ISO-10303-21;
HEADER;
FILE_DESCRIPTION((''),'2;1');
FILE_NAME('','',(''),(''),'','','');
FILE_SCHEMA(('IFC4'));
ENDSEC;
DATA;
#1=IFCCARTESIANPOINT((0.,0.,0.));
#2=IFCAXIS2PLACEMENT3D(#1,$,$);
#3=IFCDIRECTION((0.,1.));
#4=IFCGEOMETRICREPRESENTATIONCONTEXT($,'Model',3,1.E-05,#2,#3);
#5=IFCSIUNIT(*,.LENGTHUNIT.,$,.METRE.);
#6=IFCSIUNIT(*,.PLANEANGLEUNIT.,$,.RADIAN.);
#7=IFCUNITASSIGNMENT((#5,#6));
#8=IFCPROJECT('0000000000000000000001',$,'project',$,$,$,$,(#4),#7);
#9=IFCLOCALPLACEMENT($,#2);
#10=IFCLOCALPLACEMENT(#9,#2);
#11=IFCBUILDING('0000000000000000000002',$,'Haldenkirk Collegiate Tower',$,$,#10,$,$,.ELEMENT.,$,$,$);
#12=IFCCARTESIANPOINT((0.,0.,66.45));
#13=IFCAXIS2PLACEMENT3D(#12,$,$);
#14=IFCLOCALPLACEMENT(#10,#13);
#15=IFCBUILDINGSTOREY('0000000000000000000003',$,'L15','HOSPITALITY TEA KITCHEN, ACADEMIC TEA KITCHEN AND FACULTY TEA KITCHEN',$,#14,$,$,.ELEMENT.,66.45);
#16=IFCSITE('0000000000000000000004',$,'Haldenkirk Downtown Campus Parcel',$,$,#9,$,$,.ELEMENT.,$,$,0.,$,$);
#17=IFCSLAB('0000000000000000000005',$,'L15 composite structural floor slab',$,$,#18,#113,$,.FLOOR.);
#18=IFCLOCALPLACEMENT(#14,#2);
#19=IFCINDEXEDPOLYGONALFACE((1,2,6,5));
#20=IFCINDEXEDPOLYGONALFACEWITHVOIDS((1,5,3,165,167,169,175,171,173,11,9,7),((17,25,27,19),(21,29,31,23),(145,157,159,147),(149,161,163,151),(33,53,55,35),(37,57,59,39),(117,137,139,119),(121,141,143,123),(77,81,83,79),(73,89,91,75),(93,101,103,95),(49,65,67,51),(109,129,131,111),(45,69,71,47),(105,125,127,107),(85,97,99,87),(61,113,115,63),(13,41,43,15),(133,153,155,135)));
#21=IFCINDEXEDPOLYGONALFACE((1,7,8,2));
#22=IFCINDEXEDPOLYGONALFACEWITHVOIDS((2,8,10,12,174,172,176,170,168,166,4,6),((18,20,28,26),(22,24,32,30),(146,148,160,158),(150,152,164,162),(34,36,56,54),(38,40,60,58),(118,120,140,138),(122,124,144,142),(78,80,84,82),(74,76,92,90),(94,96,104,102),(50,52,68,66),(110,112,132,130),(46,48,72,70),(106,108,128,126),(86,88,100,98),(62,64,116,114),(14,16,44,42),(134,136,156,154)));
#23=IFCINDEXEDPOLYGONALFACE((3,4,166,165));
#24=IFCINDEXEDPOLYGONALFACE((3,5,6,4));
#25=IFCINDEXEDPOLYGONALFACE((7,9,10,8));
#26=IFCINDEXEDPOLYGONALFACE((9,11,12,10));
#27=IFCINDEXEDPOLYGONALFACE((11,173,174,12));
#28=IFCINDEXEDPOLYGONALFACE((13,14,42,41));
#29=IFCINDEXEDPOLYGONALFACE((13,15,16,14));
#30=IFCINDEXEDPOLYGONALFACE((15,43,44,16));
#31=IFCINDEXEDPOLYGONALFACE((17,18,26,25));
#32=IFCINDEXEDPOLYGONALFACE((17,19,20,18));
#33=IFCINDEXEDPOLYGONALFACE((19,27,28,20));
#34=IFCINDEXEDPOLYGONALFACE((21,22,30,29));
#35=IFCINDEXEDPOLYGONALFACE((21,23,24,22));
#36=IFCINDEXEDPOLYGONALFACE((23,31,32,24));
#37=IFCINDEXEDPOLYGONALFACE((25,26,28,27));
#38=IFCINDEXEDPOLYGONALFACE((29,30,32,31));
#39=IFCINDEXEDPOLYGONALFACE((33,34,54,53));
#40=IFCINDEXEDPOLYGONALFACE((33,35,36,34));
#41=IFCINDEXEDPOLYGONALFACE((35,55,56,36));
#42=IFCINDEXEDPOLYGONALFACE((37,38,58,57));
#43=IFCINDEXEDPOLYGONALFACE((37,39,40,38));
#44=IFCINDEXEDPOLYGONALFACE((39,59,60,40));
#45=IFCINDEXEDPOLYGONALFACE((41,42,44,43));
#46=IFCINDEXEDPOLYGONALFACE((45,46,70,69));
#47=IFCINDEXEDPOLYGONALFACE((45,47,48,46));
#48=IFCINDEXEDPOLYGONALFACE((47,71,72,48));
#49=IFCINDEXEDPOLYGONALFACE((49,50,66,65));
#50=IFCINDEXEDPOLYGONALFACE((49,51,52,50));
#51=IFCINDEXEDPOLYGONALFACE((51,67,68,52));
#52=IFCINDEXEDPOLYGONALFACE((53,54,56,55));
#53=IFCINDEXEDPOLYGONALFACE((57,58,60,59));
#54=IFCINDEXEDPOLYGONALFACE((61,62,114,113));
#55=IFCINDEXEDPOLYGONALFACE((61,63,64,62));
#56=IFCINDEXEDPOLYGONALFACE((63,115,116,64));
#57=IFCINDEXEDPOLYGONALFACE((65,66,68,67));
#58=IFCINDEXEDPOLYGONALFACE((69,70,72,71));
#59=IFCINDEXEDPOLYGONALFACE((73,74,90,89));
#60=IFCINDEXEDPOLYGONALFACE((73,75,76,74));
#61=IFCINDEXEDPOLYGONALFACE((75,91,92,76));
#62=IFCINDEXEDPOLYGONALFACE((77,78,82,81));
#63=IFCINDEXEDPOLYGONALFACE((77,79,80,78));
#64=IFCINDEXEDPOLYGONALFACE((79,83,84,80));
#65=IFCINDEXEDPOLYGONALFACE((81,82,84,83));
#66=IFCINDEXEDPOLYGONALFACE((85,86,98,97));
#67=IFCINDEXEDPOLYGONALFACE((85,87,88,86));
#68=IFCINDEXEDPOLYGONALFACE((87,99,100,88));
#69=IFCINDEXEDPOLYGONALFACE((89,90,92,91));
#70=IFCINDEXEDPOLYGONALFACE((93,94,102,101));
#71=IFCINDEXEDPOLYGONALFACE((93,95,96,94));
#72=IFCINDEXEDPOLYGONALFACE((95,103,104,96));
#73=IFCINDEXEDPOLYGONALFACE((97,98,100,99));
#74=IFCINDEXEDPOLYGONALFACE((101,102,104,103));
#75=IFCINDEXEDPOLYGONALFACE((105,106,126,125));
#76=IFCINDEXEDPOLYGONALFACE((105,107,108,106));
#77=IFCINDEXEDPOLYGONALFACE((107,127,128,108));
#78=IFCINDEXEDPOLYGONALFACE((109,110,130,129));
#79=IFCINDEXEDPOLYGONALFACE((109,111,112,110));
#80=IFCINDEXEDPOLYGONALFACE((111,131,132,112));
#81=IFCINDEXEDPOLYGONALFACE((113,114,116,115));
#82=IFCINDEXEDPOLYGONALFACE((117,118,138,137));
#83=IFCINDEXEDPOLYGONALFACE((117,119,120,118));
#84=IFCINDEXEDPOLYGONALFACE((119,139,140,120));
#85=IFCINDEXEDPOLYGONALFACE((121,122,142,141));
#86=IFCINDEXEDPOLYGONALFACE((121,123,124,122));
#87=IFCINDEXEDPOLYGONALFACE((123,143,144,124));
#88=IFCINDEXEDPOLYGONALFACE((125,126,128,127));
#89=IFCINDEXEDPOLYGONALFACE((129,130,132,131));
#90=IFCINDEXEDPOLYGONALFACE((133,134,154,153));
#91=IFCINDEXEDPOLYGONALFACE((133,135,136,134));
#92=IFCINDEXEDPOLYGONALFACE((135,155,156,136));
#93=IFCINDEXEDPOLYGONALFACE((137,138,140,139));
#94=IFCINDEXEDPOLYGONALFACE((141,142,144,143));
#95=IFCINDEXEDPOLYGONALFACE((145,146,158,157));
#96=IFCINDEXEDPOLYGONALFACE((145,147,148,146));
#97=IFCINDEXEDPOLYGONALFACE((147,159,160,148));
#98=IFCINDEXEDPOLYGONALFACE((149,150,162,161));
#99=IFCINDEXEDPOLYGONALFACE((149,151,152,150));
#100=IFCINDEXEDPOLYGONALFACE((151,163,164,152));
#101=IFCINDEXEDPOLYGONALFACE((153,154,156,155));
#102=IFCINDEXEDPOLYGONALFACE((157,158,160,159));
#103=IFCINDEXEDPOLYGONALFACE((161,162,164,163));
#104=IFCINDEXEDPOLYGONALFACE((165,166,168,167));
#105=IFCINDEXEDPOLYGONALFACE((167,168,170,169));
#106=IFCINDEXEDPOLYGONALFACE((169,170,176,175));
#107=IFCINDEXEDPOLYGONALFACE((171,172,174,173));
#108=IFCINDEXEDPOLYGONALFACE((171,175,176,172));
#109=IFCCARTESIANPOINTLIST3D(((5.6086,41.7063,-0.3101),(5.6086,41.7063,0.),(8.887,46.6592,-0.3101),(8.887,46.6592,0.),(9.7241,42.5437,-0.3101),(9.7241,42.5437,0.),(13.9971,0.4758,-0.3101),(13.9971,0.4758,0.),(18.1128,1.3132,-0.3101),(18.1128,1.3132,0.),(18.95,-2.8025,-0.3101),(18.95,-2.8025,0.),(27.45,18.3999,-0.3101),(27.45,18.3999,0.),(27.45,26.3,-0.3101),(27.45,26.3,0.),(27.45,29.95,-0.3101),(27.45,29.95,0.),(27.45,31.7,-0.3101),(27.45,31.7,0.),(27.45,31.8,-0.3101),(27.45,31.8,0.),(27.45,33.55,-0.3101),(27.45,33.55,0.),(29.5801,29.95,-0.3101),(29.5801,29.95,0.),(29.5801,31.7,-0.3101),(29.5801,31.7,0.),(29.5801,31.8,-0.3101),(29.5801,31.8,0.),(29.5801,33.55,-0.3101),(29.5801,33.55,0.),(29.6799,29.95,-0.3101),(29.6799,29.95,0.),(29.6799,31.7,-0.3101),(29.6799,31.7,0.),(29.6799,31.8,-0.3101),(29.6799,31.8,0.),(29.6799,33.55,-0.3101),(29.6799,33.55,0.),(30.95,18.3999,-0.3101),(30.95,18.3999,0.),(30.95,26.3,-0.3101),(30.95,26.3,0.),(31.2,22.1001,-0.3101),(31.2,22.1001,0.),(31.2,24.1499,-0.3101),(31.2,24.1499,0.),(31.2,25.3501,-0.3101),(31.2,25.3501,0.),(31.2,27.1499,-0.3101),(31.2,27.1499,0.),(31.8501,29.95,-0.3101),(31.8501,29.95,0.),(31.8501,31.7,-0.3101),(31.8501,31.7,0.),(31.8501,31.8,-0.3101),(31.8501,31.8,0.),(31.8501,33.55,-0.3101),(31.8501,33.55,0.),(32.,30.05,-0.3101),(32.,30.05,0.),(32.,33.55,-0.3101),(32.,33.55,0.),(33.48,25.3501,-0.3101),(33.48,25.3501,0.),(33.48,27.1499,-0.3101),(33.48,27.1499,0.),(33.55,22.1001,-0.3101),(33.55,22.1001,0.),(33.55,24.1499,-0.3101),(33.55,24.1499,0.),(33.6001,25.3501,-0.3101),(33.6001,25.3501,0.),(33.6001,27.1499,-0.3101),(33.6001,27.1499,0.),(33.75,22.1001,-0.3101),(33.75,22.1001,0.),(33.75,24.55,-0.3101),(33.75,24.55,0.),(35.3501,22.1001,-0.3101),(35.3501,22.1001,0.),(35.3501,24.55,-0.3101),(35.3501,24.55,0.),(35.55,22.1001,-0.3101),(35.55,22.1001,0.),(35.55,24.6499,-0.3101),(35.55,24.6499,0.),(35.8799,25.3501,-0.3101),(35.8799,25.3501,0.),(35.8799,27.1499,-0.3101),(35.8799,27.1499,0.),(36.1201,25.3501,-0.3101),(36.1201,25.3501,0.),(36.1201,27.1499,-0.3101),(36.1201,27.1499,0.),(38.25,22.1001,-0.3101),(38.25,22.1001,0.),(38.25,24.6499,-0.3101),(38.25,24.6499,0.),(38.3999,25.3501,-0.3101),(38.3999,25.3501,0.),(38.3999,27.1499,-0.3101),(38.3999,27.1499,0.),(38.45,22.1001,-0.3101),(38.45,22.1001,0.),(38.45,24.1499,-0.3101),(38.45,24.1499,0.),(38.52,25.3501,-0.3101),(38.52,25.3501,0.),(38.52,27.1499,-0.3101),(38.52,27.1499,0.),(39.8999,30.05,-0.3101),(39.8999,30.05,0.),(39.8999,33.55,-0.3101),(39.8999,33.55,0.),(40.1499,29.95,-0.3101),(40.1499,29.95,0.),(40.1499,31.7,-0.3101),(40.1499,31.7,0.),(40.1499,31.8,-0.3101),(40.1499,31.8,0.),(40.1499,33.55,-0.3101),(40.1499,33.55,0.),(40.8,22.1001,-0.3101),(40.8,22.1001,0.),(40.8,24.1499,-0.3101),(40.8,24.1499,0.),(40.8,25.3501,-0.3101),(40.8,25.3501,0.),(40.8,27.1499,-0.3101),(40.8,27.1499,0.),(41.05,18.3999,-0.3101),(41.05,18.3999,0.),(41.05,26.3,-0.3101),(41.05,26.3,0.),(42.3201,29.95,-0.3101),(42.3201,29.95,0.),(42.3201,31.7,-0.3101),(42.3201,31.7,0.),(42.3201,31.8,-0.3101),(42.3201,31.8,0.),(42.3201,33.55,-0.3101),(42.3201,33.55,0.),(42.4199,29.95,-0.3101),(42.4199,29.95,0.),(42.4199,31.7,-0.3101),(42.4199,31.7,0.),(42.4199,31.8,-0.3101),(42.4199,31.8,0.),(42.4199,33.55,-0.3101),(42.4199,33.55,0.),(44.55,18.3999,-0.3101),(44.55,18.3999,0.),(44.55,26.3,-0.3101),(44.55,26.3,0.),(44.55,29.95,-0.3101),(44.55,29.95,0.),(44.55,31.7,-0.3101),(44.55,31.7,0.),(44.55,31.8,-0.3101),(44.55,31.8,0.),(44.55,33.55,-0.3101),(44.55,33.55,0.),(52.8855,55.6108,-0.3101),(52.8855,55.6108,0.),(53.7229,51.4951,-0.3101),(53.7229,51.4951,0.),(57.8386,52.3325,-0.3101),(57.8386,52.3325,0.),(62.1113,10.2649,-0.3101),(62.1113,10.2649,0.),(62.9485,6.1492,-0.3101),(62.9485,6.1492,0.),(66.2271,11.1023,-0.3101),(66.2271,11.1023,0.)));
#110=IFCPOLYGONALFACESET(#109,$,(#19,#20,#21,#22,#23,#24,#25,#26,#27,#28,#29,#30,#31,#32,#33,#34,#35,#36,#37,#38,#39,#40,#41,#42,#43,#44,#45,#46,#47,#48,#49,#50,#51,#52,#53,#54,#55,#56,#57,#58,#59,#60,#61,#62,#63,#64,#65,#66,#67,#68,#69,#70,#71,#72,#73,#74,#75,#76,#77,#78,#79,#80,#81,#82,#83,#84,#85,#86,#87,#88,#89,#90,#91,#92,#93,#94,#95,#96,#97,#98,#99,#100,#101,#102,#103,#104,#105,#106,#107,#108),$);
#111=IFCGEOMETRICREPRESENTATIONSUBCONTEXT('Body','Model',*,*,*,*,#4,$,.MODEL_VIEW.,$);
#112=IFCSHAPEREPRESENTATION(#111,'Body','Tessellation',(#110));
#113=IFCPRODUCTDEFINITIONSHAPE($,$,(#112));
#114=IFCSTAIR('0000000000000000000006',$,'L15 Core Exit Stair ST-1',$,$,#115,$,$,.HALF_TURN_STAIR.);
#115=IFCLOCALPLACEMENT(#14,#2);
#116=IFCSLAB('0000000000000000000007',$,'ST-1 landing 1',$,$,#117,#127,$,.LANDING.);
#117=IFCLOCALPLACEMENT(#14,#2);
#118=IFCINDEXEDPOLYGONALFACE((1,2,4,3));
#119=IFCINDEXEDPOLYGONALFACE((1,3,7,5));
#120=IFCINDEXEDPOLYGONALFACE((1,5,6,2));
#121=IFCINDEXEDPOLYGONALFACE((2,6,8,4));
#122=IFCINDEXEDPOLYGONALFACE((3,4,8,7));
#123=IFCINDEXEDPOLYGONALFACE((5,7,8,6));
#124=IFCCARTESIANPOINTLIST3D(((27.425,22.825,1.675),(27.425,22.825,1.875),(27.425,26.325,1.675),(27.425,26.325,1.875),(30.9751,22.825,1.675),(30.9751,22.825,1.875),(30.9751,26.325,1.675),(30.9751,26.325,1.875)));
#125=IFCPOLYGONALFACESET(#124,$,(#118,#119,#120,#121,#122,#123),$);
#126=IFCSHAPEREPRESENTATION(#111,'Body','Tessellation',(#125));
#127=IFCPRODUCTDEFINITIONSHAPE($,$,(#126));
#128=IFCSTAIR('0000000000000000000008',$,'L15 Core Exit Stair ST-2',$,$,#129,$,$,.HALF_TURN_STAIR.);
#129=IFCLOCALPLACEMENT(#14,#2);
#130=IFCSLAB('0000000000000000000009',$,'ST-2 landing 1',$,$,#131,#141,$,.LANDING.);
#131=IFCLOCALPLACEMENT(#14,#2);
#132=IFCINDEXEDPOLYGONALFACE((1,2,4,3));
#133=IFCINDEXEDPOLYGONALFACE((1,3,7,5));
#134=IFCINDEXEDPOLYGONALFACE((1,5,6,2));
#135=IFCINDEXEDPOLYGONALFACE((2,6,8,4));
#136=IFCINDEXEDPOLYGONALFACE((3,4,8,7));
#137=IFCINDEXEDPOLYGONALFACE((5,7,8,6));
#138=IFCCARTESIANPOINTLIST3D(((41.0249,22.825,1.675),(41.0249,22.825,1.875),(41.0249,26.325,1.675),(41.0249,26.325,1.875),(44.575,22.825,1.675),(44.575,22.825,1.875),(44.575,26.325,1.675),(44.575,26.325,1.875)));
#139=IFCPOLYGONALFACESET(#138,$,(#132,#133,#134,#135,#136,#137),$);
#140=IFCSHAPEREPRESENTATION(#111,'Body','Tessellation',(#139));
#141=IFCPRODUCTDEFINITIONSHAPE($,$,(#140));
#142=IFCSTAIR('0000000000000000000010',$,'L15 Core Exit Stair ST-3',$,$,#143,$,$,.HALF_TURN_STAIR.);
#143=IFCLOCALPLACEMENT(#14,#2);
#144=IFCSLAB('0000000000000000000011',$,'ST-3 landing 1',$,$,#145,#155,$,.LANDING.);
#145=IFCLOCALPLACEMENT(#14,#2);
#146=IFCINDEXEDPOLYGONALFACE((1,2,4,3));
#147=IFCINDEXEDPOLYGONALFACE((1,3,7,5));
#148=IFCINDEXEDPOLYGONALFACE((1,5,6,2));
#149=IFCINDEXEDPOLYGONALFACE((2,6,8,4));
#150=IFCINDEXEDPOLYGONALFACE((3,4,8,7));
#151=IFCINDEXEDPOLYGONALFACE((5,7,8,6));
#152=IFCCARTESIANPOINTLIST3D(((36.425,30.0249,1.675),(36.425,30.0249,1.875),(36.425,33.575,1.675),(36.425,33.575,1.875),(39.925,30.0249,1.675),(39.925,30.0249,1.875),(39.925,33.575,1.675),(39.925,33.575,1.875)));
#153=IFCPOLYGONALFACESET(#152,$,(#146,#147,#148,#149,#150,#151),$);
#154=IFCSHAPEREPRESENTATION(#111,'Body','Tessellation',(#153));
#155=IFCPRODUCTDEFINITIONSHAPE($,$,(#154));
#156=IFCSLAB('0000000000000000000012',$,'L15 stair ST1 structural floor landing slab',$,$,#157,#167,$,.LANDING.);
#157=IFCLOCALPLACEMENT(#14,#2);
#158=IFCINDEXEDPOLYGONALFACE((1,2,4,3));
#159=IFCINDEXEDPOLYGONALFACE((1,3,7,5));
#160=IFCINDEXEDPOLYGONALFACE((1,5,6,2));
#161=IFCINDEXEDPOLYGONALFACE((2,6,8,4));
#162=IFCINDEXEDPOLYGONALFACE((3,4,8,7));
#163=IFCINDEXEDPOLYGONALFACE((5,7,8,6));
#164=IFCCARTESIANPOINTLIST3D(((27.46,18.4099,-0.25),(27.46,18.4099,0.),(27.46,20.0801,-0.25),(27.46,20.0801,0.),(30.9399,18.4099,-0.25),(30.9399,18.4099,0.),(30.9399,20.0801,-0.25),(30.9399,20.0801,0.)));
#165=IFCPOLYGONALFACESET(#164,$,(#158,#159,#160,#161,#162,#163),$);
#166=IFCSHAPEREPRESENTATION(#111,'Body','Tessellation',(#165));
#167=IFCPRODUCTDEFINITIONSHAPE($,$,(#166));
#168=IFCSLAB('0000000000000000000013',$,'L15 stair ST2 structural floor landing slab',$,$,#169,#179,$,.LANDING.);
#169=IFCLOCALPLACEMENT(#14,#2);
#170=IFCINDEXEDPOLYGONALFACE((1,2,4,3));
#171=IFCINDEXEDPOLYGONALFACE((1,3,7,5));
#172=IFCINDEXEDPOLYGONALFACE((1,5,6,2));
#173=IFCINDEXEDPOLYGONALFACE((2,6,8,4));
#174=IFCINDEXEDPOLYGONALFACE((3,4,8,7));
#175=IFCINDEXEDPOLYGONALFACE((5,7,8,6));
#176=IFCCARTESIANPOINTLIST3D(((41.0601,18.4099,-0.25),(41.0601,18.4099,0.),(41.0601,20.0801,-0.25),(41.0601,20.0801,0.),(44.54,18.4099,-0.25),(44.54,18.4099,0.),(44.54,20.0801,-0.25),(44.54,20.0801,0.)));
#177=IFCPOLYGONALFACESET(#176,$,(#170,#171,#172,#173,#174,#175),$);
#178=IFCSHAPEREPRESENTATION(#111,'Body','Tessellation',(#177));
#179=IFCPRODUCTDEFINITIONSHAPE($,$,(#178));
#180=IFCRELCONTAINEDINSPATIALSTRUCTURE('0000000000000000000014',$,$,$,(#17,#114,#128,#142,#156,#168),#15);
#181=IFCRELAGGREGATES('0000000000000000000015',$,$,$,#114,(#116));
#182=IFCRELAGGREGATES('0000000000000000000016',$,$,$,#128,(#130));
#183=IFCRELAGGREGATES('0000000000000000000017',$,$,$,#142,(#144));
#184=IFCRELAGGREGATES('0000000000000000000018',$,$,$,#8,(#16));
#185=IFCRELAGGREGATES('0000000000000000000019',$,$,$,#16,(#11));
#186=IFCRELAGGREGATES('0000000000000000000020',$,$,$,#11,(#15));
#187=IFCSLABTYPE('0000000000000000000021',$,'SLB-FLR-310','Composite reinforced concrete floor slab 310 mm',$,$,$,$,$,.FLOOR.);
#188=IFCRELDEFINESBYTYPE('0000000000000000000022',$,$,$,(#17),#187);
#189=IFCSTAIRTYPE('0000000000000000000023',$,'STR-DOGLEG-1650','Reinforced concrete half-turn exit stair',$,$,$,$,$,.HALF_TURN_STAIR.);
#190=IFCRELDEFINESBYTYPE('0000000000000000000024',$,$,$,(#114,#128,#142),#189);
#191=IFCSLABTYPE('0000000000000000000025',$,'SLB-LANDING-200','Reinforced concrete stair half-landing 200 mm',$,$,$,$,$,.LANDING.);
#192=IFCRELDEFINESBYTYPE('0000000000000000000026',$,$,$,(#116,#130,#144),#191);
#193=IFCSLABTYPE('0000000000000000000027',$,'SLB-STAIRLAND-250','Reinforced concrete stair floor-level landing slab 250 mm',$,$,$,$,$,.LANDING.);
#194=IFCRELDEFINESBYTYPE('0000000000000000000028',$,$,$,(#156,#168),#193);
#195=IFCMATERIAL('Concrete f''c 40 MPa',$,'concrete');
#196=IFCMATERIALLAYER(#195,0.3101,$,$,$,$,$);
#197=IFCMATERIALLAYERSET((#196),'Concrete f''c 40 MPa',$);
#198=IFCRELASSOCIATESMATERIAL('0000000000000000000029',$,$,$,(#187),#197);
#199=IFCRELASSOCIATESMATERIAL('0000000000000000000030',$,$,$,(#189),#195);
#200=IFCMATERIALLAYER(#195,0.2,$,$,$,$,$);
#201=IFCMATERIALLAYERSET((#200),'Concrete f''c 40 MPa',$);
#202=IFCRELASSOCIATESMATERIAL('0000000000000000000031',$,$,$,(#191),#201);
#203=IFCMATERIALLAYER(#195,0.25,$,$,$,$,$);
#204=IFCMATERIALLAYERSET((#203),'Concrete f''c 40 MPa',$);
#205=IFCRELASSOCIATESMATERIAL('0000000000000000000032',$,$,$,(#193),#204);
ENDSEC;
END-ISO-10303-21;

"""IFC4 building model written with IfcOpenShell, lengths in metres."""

from ifc_helpers import new_model, si_unit, direction, frame, origin, place, context, subcontext, project, spatial, polyline, outline, extrude, material, layer, layer_set, type_object, element, aggregate, save


model = new_model("IFC4")

# Units and contexts
model_context = context("Model", 3, precision=1e-05, world=origin(), true_north=direction((0.0, 1.0)))
body_context = subcontext(model_context, "Body", "Model", "MODEL_VIEW")
ifc_project = project(units=[si_unit("LENGTHUNIT", "METRE"), si_unit("PLANEANGLEUNIT", "RADIAN")], contexts=[model_context])

# Site, building, storey
site_placement = place(None, origin())
site = spatial("IfcSite", under=ifc_project, at=site_placement, Name="Haldenkirk Downtown Campus Parcel", CompositionType="ELEMENT", RefElevation=0.0)
building_placement = place(site_placement, origin())
building = spatial("IfcBuilding", under=site, at=building_placement, Name="Haldenkirk Collegiate Tower", CompositionType="ELEMENT")
storey_placement = place(building_placement, frame((0.0, 0.0, 66.45)))
storey = spatial("IfcBuildingStorey", under=building, at=storey_placement, Name="L15", Description="HOSPITALITY TEA KITCHEN, ACADEMIC TEA KITCHEN AND FACULTY TEA KITCHEN", CompositionType="ELEMENT", Elevation=66.45)

# Slab
ifc_material_1 = material(Name="Concrete f'c 40 MPa", Category="concrete")
ifc_layer_1 = layer(ifc_material_1, 0.3101)
ifc_layer_set_1 = layer_set([ifc_layer_1], Name="Concrete f'c 40 MPa")
slab_type_1 = type_object("IfcSlabType", Name="SLB-FLR-310", Description="Composite reinforced concrete floor slab 310 mm", PredefinedType="FLOOR", material=ifc_layer_set_1)
slab_1_placement = place(storey_placement, frame((0.0, 0.0, -0.3101)))
element("IfcSlab", 1, at=slab_1_placement, inside=storey, type_object=slab_type_1, Name="L15 composite structural floor slab", PredefinedType="FLOOR", context=body_context, shape_type="SweptSolid", body=[
    extrude(outline(polyline([(18.95, -2.8025), (62.9485, 6.1492), (62.1113, 10.2649), (66.2271, 11.1023), (57.8386, 52.3325), (53.7229, 51.4951), (52.8855, 55.6108), (8.887, 46.6592), (9.7241, 42.5437), (5.6086, 41.7063), (13.9971, 0.4758), (18.1128, 1.3132), (18.95, -2.8025)]), holes=[polyline([(27.45, 18.3999), (30.95, 18.3999), (30.95, 26.3), (27.45, 26.3), (27.45, 18.3999)]), polyline([(41.05, 18.3999), (44.55, 18.3999), (44.55, 26.3), (41.05, 26.3), (41.05, 18.3999)]), polyline([(32.0, 30.05), (39.8999, 30.05), (39.8999, 33.55), (32.0, 33.55), (32.0, 30.05)]), polyline([(33.75, 22.1001), (35.3501, 22.1001), (35.3501, 24.55), (33.75, 24.55), (33.75, 22.1001)]), polyline([(27.45, 29.95), (29.5801, 29.95), (29.5801, 31.7), (27.45, 31.7), (27.45, 29.95)]), polyline([(29.6799, 29.95), (31.8501, 29.95), (31.8501, 31.7), (29.6799, 31.7), (29.6799, 29.95)]), polyline([(27.45, 31.8), (29.5801, 31.8), (29.5801, 33.55), (27.45, 33.55), (27.45, 31.8)]), polyline([(29.6799, 31.8), (31.8501, 31.8), (31.8501, 33.55), (29.6799, 33.55), (29.6799, 31.8)]), polyline([(40.1499, 29.95), (42.3201, 29.95), (42.3201, 31.7), (40.1499, 31.7), (40.1499, 29.95)]), polyline([(42.4199, 29.95), (44.55, 29.95), (44.55, 31.7), (42.4199, 31.7), (42.4199, 29.95)]), polyline([(40.1499, 31.8), (42.3201, 31.8), (42.3201, 33.55), (40.1499, 33.55), (40.1499, 31.8)]), polyline([(42.4199, 31.8), (44.55, 31.8), (44.55, 33.55), (42.4199, 33.55), (42.4199, 31.8)]), polyline([(31.2, 25.3501), (33.48, 25.3501), (33.48, 27.1499), (31.2, 27.1499), (31.2, 25.3501)]), polyline([(33.6001, 25.3501), (35.8799, 25.3501), (35.8799, 27.1499), (33.6001, 27.1499), (33.6001, 25.3501)]), polyline([(36.1201, 25.3501), (38.3999, 25.3501), (38.3999, 27.1499), (36.1201, 27.1499), (36.1201, 25.3501)]), polyline([(38.52, 25.3501), (40.8, 25.3501), (40.8, 27.1499), (38.52, 27.1499), (38.52, 25.3501)]), polyline([(31.2, 22.1001), (33.55, 22.1001), (33.55, 24.1499), (31.2, 24.1499), (31.2, 22.1001)]), polyline([(38.45, 22.1001), (40.8, 22.1001), (40.8, 24.1499), (38.45, 24.1499), (38.45, 22.1001)]), polyline([(35.55, 22.1001), (38.25, 22.1001), (38.25, 24.6499), (35.55, 24.6499), (35.55, 22.1001)])]), origin(), (0.0, 0.0, 1.0), 0.3101),
])

# Stairs, slabs
stair_type = type_object("IfcStairType", Name="STR-DOGLEG-1650", Description="Reinforced concrete half-turn exit stair", PredefinedType="HALF_TURN_STAIR", material=ifc_material_1)
stair_1_placement = place(storey_placement, origin())
stair_1 = element("IfcStair", 2, at=stair_1_placement, inside=storey, type_object=stair_type, Name="L15 Core Exit Stair ST-1", PredefinedType="HALF_TURN_STAIR")
ifc_layer_2 = layer(ifc_material_1, 0.2)
ifc_layer_set_2 = layer_set([ifc_layer_2], Name="Concrete f'c 40 MPa")
slab_type_2 = type_object("IfcSlabType", Name="SLB-LANDING-200", Description="Reinforced concrete stair half-landing 200 mm", PredefinedType="LANDING", material=ifc_layer_set_2)
slab_2_placement = place(storey_placement, frame((0.0, 0.0, 1.675)))
slab_2 = element("IfcSlab", 3, at=slab_2_placement, type_object=slab_type_2, Name="ST-1 landing 1", PredefinedType="LANDING", context=body_context, shape_type="SweptSolid", body=[
    extrude(outline(polyline([(30.9751, 22.825), (27.425, 22.825), (27.425, 26.325), (30.9751, 26.325), (30.9751, 22.825)])), origin(), (0.0, 0.0, 1.0), 0.2),
])
aggregate(stair_1, [slab_2])
stair_2_placement = place(storey_placement, origin())
stair_2 = element("IfcStair", 4, at=stair_2_placement, inside=storey, type_object=stair_type, Name="L15 Core Exit Stair ST-2", PredefinedType="HALF_TURN_STAIR")
slab_3_placement = place(storey_placement, frame((0.0, 0.0, 1.675)))
slab_3 = element("IfcSlab", 5, at=slab_3_placement, type_object=slab_type_2, Name="ST-2 landing 1", PredefinedType="LANDING", context=body_context, shape_type="SweptSolid", body=[
    extrude(outline(polyline([(44.575, 22.825), (41.0249, 22.825), (41.0249, 26.325), (44.575, 26.325), (44.575, 22.825)])), origin(), (0.0, 0.0, 1.0), 0.2),
])
aggregate(stair_2, [slab_3])
stair_3_placement = place(storey_placement, origin())
stair_3 = element("IfcStair", 6, at=stair_3_placement, inside=storey, type_object=stair_type, Name="L15 Core Exit Stair ST-3", PredefinedType="HALF_TURN_STAIR")
slab_4_placement = place(storey_placement, frame((0.0, 0.0, 1.675)))
slab_4 = element("IfcSlab", 7, at=slab_4_placement, type_object=slab_type_2, Name="ST-3 landing 1", PredefinedType="LANDING", context=body_context, shape_type="SweptSolid", body=[
    extrude(outline(polyline([(36.425, 30.0249), (36.425, 33.575), (39.925, 33.575), (39.925, 30.0249), (36.425, 30.0249)])), origin(), (0.0, 0.0, 1.0), 0.2),
])
aggregate(stair_3, [slab_4])

# Slabs
ifc_layer_3 = layer(ifc_material_1, 0.25)
ifc_layer_set_3 = layer_set([ifc_layer_3], Name="Concrete f'c 40 MPa")
slab_type_3 = type_object("IfcSlabType", Name="SLB-STAIRLAND-250", Description="Reinforced concrete stair floor-level landing slab 250 mm", PredefinedType="LANDING", material=ifc_layer_set_3)
slab_5_placement = place(storey_placement, frame((0.0, 0.0, -0.25)))
element("IfcSlab", 8, at=slab_5_placement, inside=storey, type_object=slab_type_3, Name="L15 stair ST1 structural floor landing slab", PredefinedType="LANDING", context=body_context, shape_type="SweptSolid", body=[
    extrude(outline(polyline([(27.46, 18.4099), (30.9399, 18.4099), (30.9399, 20.0801), (27.46, 20.0801), (27.46, 18.4099)])), origin(), (0.0, 0.0, 1.0), 0.25),
])
slab_6_placement = place(storey_placement, frame((0.0, 0.0, -0.25)))
element("IfcSlab", 9, at=slab_6_placement, inside=storey, type_object=slab_type_3, Name="L15 stair ST2 structural floor landing slab", PredefinedType="LANDING", context=body_context, shape_type="SweptSolid", body=[
    extrude(outline(polyline([(41.0601, 18.4099), (44.54, 18.4099), (44.54, 20.0801), (41.0601, 20.0801), (41.0601, 18.4099)])), origin(), (0.0, 0.0, 1.0), 0.25),
])

save(model, "model.ifc")
